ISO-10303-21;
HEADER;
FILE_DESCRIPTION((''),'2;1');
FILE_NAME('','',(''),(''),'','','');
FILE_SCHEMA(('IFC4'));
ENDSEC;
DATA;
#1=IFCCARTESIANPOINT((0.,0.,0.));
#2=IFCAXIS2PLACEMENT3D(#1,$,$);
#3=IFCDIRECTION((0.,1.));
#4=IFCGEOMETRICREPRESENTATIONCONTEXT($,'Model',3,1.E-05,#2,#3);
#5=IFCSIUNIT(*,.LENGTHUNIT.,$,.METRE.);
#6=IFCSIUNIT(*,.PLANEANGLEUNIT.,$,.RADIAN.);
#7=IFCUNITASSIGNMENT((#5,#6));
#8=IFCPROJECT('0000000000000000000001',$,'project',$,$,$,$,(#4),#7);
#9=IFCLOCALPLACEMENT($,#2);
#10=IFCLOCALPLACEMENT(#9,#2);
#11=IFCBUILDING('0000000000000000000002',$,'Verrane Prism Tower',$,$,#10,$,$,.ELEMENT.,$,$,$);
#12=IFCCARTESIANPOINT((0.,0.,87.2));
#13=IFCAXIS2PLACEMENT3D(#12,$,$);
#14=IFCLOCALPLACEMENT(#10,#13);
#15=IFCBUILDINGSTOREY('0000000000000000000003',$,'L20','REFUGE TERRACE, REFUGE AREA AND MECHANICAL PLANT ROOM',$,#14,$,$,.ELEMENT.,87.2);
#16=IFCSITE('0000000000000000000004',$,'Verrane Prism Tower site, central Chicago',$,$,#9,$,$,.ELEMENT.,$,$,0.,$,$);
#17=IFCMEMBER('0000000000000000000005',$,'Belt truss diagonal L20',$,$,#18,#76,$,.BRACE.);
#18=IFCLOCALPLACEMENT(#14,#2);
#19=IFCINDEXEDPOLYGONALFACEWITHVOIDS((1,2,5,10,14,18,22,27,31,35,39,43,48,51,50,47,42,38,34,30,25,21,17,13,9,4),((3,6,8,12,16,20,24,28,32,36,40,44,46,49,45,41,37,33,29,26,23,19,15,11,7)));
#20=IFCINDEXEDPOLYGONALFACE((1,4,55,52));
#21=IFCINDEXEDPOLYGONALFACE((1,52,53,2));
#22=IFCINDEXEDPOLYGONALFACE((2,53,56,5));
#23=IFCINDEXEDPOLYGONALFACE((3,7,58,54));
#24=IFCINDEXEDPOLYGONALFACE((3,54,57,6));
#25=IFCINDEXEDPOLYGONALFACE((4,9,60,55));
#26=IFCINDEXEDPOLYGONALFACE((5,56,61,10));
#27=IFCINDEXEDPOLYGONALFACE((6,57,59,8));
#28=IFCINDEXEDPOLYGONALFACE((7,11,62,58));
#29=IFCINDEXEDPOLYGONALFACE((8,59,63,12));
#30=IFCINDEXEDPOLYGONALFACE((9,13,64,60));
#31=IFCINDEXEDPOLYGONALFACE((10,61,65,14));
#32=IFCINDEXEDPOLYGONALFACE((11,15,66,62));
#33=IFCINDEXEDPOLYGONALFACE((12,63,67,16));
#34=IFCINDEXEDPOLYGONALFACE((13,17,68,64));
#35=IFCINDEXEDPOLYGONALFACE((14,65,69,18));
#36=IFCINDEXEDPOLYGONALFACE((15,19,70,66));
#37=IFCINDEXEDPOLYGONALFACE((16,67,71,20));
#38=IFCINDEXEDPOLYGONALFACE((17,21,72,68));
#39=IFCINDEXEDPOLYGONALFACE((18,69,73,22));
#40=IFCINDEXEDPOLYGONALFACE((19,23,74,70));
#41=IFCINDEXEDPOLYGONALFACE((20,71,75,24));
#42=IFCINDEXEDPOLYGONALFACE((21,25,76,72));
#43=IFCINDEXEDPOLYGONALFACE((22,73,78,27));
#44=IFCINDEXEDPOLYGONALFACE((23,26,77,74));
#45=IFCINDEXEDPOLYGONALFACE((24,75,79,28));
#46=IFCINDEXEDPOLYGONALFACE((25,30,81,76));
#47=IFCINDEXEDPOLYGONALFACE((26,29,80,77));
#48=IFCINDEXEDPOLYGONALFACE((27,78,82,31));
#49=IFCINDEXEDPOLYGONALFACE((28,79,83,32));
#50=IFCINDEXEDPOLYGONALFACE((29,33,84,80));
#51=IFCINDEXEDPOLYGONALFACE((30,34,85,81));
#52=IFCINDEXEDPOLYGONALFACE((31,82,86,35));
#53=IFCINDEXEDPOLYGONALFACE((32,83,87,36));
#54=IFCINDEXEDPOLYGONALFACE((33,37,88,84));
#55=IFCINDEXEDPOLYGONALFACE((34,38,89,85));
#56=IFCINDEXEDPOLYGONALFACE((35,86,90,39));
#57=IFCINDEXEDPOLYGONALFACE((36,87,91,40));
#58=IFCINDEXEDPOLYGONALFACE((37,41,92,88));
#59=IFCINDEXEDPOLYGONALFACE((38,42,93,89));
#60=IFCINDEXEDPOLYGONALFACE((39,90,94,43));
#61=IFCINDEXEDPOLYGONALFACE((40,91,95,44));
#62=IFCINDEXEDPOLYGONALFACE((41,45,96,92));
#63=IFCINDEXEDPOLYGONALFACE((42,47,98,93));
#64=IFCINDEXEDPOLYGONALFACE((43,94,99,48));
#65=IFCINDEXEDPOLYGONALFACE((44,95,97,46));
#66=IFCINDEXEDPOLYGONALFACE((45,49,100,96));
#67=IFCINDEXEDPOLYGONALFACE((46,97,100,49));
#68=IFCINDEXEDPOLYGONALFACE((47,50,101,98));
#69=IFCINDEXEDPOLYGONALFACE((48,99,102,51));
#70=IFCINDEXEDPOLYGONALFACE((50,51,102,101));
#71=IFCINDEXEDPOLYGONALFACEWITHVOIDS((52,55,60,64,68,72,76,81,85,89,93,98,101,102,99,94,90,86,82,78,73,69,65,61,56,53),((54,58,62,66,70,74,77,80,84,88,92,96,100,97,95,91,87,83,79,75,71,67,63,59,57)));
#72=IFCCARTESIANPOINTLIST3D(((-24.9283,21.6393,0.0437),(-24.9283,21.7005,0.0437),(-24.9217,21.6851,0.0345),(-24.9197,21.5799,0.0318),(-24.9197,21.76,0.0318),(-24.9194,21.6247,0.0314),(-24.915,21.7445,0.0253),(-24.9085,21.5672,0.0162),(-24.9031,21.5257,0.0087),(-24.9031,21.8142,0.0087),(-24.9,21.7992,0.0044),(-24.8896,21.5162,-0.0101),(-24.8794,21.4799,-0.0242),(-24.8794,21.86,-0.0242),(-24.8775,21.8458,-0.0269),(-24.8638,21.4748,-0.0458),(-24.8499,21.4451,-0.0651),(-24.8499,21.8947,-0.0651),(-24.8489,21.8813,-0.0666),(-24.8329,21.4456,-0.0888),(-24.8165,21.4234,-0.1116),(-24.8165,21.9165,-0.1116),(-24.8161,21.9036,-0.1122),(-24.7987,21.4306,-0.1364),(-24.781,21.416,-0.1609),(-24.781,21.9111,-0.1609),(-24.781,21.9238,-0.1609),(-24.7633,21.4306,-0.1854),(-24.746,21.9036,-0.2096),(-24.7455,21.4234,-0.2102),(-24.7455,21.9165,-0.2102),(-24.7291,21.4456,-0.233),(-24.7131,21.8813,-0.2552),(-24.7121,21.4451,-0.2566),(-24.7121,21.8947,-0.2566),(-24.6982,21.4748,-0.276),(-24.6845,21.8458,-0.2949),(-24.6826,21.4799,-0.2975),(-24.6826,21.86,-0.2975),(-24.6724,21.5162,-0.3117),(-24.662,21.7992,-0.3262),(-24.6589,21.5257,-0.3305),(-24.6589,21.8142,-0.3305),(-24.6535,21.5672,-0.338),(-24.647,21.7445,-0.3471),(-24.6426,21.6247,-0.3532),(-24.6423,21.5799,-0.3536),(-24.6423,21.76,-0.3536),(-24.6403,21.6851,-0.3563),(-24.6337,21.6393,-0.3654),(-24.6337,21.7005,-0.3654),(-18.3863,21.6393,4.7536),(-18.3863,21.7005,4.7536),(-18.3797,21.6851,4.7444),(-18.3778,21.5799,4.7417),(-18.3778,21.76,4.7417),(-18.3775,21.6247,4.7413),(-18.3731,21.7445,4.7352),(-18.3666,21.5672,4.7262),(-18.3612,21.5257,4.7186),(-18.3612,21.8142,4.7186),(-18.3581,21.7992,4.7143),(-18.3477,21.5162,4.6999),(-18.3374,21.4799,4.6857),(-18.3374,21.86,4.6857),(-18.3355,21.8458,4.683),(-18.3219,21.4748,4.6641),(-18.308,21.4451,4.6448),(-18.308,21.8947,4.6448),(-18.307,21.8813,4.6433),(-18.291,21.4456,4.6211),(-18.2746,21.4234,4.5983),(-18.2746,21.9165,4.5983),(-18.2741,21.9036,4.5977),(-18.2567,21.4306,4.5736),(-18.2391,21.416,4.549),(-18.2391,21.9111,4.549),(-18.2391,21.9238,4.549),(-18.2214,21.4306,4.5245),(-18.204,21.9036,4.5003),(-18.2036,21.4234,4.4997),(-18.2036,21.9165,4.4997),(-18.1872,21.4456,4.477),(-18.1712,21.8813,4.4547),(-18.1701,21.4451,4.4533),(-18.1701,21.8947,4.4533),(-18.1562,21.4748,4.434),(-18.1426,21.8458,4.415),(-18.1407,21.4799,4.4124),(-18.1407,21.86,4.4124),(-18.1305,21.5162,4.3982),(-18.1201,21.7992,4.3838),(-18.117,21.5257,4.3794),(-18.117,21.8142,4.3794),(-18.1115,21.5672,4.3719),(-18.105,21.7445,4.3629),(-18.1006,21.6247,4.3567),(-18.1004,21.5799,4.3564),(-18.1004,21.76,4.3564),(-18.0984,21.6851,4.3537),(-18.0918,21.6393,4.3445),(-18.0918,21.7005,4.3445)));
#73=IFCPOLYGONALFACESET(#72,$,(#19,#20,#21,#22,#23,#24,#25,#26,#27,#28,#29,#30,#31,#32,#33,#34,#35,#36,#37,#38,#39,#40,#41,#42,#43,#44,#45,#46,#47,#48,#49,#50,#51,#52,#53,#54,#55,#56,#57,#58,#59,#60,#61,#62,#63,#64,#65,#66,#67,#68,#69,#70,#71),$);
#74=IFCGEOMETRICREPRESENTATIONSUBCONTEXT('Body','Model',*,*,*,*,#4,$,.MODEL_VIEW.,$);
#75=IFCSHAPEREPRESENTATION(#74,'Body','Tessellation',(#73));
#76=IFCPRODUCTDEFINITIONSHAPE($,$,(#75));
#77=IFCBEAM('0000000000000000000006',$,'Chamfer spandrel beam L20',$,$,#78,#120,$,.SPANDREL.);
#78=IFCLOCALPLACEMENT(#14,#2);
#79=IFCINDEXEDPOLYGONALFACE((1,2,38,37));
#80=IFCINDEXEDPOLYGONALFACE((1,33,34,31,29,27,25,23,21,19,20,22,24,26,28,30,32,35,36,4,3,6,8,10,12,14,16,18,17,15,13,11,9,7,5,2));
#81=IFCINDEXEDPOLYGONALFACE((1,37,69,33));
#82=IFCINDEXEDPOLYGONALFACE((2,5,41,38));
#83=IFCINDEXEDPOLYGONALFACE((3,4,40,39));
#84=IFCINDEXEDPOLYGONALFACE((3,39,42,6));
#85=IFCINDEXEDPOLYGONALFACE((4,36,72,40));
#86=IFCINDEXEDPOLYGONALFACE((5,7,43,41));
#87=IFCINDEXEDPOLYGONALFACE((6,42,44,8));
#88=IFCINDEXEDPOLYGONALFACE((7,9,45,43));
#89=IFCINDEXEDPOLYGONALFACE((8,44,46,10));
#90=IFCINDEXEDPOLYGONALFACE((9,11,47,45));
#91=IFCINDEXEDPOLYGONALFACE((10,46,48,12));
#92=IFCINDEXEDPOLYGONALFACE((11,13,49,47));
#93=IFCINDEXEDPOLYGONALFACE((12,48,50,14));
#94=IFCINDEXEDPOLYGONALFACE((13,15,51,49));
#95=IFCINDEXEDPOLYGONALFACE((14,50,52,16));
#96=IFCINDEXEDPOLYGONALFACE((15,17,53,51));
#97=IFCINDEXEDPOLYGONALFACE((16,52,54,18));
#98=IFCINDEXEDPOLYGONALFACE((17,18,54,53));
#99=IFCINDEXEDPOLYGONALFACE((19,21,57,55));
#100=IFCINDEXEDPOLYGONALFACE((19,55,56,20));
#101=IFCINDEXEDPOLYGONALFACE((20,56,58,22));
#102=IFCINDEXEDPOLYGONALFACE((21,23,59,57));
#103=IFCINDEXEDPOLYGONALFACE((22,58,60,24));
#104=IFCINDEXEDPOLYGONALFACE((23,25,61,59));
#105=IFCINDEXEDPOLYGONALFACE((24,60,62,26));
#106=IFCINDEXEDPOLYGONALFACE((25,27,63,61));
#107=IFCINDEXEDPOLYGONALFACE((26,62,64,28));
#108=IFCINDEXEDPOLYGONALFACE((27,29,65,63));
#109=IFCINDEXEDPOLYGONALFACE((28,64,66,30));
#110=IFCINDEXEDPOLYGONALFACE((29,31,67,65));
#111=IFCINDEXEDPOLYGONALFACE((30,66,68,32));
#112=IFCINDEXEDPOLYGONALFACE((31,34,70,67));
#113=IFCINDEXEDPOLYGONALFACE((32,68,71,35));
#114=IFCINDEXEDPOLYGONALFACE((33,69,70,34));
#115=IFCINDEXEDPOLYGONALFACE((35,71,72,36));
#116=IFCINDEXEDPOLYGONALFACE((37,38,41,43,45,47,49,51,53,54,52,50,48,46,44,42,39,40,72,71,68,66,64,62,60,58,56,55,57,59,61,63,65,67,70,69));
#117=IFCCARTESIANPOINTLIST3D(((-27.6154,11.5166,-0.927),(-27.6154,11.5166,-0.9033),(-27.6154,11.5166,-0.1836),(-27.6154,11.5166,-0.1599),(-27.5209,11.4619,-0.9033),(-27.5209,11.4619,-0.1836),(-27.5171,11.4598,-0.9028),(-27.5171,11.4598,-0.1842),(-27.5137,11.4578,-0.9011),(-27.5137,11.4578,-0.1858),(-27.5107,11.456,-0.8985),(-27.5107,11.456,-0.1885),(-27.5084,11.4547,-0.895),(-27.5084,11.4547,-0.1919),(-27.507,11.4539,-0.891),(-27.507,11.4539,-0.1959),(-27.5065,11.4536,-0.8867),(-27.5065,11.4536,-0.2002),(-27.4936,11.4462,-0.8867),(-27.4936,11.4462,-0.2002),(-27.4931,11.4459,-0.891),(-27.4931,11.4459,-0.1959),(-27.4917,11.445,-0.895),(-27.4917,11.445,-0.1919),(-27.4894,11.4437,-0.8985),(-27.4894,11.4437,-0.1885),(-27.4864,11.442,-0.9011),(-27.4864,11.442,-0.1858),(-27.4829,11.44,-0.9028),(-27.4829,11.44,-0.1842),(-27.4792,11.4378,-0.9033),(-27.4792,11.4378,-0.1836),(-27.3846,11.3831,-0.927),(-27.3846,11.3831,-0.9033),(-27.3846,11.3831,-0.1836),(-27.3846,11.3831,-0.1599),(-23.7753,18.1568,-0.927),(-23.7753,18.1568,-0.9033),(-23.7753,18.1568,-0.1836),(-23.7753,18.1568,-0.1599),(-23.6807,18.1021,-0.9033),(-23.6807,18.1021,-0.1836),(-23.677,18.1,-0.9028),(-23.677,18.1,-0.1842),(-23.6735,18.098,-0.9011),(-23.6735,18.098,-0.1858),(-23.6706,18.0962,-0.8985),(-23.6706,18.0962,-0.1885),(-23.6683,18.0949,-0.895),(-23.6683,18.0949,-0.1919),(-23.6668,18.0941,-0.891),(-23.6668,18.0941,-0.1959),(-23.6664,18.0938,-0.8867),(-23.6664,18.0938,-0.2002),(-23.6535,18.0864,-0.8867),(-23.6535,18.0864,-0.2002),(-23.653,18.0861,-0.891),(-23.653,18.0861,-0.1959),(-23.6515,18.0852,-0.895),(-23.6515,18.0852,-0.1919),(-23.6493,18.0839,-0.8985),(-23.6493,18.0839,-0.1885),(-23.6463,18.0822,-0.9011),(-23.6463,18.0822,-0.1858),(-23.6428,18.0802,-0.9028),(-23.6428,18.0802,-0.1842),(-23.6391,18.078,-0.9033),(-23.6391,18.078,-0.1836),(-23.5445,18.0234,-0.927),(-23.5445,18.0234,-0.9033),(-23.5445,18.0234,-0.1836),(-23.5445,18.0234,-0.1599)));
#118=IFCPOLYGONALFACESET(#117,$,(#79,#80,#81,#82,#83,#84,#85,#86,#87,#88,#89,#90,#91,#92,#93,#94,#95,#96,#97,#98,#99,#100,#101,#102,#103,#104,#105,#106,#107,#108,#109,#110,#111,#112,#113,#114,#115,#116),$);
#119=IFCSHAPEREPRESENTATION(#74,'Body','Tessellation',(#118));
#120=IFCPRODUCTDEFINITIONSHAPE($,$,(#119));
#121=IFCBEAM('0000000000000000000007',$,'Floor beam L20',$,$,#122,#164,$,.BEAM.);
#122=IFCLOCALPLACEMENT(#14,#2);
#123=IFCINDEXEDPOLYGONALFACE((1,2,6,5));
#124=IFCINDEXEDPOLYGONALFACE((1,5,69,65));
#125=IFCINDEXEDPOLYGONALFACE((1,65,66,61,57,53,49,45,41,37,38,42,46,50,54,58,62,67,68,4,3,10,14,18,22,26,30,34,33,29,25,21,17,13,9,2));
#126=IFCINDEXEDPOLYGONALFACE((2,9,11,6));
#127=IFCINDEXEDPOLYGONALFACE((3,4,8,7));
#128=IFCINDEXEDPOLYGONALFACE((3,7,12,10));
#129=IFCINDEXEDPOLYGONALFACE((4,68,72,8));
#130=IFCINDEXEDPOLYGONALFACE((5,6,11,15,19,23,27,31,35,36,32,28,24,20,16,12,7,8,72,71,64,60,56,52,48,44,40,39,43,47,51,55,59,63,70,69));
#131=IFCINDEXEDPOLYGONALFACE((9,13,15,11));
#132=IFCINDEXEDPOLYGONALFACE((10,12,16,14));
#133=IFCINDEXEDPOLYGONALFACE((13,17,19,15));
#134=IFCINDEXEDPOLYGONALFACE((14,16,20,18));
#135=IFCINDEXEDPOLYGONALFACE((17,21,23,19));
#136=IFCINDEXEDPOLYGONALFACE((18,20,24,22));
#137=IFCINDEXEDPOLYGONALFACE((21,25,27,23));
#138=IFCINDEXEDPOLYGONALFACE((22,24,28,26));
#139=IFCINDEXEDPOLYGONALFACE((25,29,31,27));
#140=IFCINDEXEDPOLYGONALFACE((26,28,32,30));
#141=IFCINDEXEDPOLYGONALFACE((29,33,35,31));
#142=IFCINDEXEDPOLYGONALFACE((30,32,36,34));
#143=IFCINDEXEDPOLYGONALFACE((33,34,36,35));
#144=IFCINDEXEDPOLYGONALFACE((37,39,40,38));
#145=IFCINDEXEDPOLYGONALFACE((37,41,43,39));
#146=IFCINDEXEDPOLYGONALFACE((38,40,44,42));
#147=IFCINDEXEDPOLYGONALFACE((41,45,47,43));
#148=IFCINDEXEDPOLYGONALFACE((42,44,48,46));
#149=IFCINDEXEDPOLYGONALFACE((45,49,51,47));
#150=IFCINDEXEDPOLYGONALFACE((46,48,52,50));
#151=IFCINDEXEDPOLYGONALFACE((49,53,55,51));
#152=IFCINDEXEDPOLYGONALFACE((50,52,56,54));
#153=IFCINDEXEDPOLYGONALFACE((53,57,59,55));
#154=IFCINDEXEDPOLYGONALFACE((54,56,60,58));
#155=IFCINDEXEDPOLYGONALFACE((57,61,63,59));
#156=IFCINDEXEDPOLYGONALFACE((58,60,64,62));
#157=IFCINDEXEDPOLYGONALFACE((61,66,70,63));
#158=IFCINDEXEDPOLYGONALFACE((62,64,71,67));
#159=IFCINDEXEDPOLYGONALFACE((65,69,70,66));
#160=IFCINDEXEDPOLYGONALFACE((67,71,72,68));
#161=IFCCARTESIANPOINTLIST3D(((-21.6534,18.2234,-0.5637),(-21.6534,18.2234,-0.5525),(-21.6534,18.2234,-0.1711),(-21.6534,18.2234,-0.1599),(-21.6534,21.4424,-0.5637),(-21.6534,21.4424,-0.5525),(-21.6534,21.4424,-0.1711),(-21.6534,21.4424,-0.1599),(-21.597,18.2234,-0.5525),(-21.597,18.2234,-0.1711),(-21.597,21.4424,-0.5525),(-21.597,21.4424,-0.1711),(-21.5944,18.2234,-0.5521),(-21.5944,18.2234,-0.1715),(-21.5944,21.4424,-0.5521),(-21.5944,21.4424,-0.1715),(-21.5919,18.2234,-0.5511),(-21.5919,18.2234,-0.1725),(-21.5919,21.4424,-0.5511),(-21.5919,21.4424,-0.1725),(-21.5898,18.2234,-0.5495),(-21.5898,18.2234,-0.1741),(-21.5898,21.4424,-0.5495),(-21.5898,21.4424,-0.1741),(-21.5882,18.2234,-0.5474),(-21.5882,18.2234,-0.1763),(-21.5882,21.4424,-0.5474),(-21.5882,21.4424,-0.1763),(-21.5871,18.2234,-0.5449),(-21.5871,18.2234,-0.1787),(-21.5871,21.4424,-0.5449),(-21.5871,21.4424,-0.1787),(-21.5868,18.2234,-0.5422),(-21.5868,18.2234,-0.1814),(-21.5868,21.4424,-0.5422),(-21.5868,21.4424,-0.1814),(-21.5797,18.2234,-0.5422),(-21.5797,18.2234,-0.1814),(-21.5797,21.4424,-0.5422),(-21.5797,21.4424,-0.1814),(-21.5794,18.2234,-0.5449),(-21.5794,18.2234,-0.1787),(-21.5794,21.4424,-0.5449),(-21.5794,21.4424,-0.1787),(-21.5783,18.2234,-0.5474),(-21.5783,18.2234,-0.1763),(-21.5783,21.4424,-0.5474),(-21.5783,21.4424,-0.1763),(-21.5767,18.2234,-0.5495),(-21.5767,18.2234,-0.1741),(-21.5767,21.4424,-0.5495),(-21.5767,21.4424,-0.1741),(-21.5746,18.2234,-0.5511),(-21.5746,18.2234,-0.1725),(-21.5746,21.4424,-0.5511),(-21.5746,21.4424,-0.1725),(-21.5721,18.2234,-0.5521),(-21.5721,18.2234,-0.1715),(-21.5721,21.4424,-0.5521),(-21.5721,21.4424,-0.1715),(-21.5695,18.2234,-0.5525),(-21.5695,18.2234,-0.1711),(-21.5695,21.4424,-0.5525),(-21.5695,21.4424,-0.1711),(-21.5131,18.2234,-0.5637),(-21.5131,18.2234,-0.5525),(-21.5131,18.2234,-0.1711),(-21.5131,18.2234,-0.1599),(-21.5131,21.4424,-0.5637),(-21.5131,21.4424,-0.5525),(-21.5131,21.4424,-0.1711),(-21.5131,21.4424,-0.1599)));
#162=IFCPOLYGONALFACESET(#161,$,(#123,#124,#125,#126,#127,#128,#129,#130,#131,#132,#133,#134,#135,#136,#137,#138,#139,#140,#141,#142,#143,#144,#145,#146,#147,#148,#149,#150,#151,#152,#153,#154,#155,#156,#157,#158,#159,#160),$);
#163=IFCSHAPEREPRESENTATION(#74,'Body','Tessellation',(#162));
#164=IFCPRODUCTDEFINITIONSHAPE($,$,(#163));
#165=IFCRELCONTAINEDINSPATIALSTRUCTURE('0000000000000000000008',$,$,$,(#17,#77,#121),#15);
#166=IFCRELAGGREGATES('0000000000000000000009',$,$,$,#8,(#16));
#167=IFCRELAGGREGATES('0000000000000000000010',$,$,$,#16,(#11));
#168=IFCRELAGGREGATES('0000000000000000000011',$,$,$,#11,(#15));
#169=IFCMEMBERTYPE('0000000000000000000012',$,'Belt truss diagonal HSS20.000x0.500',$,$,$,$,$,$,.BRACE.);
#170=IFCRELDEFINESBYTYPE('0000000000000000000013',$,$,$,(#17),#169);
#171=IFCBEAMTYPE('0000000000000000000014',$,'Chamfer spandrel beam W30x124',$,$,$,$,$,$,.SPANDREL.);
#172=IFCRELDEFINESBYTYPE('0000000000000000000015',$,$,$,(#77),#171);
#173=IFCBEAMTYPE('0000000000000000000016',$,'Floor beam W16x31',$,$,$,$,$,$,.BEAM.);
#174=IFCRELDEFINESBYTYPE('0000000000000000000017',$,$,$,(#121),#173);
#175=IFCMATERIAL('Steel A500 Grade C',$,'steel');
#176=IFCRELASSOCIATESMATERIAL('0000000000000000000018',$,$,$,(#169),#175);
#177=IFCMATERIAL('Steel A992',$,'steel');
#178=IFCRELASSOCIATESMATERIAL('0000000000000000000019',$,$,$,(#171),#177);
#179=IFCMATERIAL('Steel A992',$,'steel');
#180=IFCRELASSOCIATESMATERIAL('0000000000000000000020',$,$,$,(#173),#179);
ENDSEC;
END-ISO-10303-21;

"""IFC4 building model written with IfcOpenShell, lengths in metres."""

from ifc_helpers import new_model, si_unit, direction, frame, origin, origin_2d, place, context, subcontext, project, spatial, hollow_circle, i_section, extrude, material, material_profile, profile_set, type_object, element, save


model = new_model("IFC4")

# Units and contexts
model_context = context("Model", 3, precision=1e-05, world=origin(), true_north=direction((0.0, 1.0)))
body_context = subcontext(model_context, "Body", "Model", "MODEL_VIEW")
ifc_project = project(units=[si_unit("LENGTHUNIT", "METRE"), si_unit("PLANEANGLEUNIT", "RADIAN")], contexts=[model_context])

# Site, building, storey
site_placement = place(None, origin())
site = spatial("IfcSite", under=ifc_project, at=site_placement, Name="Verrane Prism Tower site, central Chicago", CompositionType="ELEMENT", RefElevation=0.0)
building_placement = place(site_placement, origin())
building = spatial("IfcBuilding", under=site, at=building_placement, Name="Verrane Prism Tower", CompositionType="ELEMENT")
storey_placement = place(building_placement, frame((0.0, 0.0, 87.2)))
storey = spatial("IfcBuildingStorey", under=building, at=storey_placement, Name="L20", Description="REFUGE TERRACE, REFUGE AREA AND MECHANICAL PLANT ROOM", CompositionType="ELEMENT", Elevation=87.2)

# Member
ifc_material_1 = material(Name="Steel A500 Grade C", Category="steel")
ifc_material_profile_1 = material_profile(ifc_material_1, hollow_circle(Radius=0.2539, WallThickness=0.0127, at=origin_2d()), Name="HSS20.000x0.500")
ifc_profile_set_1 = profile_set([ifc_material_profile_1], Name="Steel A500 Grade C")
member_type_1 = type_object("IfcMemberType", Name="Belt truss diagonal HSS20.000x0.500", PredefinedType="BRACE", material=ifc_profile_set_1)
member_1_placement = place(storey_placement, frame((-24.781, 21.6699, -0.1609), z_axis=(0.81155, 0.0, 0.584282), x_axis=(0.0, 1.0, 0.0)))
element("IfcMember", 1, at=member_1_placement, inside=storey, type_object=member_type_1, Name="Belt truss diagonal L20", PredefinedType="BRACE", context=body_context, shape_type="SweptSolid", body=[
    extrude(hollow_circle(Radius=0.2539, WallThickness=0.0127, at=origin_2d()), origin(), (0.0, 0.0, 1.0), 8.061),
])

# Beams
ifc_material_2 = material(Name="Steel A992", Category="steel")
ifc_material_profile_2 = material_profile(ifc_material_2, i_section(OverallWidth=0.2666, OverallDepth=0.7671, WebThickness=0.0149, FlangeThickness=0.0237, FilletRadius=0.0166, at=origin_2d()), Name="W30x124")
ifc_profile_set_2 = profile_set([ifc_material_profile_2], Name="Steel A992")
beam_type_1 = type_object("IfcBeamType", Name="Chamfer spandrel beam W30x124", PredefinedType="SPANDREL", material=ifc_profile_set_2)
beam_1_placement = place(storey_placement, frame((-23.6599, 18.0901, -0.5435), z_axis=(-0.500626, -0.865664, 0.0), x_axis=(0.865664, -0.500626, 0.0)))
element("IfcBeam", 2, at=beam_1_placement, inside=storey, type_object=beam_type_1, Name="Chamfer spandrel beam L20", PredefinedType="SPANDREL", context=body_context, shape_type="SweptSolid", body=[
    extrude(i_section(OverallWidth=0.2666, OverallDepth=0.7671, WebThickness=0.0149, FlangeThickness=0.0237, FilletRadius=0.0166, at=origin_2d()), origin(), (0.0, 0.0, 1.0), 7.6707),
])
ifc_material_3 = material(Name="Steel A992", Category="steel")
ifc_material_profile_3 = material_profile(ifc_material_3, i_section(OverallWidth=0.1404, OverallDepth=0.4038, WebThickness=0.0071, FlangeThickness=0.0112, FilletRadius=0.0103, at=origin_2d()), Name="W16x31")
ifc_profile_set_3 = profile_set([ifc_material_profile_3], Name="Steel A992")
beam_type_2 = type_object("IfcBeamType", Name="Floor beam W16x31", PredefinedType="BEAM", material=ifc_profile_set_3)
beam_2_placement = place(storey_placement, frame((-21.5833, 18.2234, -0.3618), z_axis=(0.0, 1.0, 0.0), x_axis=(-1.0, 0.0, 0.0)))
element("IfcBeam", 3, at=beam_2_placement, inside=storey, type_object=beam_type_2, Name="Floor beam L20", PredefinedType="BEAM", context=body_context, shape_type="SweptSolid", body=[
    extrude(i_section(OverallWidth=0.1404, OverallDepth=0.4038, WebThickness=0.0071, FlangeThickness=0.0112, FilletRadius=0.0103, at=origin_2d()), origin(), (0.0, 0.0, 1.0), 3.219),
])

save(model, "model.ifc")
